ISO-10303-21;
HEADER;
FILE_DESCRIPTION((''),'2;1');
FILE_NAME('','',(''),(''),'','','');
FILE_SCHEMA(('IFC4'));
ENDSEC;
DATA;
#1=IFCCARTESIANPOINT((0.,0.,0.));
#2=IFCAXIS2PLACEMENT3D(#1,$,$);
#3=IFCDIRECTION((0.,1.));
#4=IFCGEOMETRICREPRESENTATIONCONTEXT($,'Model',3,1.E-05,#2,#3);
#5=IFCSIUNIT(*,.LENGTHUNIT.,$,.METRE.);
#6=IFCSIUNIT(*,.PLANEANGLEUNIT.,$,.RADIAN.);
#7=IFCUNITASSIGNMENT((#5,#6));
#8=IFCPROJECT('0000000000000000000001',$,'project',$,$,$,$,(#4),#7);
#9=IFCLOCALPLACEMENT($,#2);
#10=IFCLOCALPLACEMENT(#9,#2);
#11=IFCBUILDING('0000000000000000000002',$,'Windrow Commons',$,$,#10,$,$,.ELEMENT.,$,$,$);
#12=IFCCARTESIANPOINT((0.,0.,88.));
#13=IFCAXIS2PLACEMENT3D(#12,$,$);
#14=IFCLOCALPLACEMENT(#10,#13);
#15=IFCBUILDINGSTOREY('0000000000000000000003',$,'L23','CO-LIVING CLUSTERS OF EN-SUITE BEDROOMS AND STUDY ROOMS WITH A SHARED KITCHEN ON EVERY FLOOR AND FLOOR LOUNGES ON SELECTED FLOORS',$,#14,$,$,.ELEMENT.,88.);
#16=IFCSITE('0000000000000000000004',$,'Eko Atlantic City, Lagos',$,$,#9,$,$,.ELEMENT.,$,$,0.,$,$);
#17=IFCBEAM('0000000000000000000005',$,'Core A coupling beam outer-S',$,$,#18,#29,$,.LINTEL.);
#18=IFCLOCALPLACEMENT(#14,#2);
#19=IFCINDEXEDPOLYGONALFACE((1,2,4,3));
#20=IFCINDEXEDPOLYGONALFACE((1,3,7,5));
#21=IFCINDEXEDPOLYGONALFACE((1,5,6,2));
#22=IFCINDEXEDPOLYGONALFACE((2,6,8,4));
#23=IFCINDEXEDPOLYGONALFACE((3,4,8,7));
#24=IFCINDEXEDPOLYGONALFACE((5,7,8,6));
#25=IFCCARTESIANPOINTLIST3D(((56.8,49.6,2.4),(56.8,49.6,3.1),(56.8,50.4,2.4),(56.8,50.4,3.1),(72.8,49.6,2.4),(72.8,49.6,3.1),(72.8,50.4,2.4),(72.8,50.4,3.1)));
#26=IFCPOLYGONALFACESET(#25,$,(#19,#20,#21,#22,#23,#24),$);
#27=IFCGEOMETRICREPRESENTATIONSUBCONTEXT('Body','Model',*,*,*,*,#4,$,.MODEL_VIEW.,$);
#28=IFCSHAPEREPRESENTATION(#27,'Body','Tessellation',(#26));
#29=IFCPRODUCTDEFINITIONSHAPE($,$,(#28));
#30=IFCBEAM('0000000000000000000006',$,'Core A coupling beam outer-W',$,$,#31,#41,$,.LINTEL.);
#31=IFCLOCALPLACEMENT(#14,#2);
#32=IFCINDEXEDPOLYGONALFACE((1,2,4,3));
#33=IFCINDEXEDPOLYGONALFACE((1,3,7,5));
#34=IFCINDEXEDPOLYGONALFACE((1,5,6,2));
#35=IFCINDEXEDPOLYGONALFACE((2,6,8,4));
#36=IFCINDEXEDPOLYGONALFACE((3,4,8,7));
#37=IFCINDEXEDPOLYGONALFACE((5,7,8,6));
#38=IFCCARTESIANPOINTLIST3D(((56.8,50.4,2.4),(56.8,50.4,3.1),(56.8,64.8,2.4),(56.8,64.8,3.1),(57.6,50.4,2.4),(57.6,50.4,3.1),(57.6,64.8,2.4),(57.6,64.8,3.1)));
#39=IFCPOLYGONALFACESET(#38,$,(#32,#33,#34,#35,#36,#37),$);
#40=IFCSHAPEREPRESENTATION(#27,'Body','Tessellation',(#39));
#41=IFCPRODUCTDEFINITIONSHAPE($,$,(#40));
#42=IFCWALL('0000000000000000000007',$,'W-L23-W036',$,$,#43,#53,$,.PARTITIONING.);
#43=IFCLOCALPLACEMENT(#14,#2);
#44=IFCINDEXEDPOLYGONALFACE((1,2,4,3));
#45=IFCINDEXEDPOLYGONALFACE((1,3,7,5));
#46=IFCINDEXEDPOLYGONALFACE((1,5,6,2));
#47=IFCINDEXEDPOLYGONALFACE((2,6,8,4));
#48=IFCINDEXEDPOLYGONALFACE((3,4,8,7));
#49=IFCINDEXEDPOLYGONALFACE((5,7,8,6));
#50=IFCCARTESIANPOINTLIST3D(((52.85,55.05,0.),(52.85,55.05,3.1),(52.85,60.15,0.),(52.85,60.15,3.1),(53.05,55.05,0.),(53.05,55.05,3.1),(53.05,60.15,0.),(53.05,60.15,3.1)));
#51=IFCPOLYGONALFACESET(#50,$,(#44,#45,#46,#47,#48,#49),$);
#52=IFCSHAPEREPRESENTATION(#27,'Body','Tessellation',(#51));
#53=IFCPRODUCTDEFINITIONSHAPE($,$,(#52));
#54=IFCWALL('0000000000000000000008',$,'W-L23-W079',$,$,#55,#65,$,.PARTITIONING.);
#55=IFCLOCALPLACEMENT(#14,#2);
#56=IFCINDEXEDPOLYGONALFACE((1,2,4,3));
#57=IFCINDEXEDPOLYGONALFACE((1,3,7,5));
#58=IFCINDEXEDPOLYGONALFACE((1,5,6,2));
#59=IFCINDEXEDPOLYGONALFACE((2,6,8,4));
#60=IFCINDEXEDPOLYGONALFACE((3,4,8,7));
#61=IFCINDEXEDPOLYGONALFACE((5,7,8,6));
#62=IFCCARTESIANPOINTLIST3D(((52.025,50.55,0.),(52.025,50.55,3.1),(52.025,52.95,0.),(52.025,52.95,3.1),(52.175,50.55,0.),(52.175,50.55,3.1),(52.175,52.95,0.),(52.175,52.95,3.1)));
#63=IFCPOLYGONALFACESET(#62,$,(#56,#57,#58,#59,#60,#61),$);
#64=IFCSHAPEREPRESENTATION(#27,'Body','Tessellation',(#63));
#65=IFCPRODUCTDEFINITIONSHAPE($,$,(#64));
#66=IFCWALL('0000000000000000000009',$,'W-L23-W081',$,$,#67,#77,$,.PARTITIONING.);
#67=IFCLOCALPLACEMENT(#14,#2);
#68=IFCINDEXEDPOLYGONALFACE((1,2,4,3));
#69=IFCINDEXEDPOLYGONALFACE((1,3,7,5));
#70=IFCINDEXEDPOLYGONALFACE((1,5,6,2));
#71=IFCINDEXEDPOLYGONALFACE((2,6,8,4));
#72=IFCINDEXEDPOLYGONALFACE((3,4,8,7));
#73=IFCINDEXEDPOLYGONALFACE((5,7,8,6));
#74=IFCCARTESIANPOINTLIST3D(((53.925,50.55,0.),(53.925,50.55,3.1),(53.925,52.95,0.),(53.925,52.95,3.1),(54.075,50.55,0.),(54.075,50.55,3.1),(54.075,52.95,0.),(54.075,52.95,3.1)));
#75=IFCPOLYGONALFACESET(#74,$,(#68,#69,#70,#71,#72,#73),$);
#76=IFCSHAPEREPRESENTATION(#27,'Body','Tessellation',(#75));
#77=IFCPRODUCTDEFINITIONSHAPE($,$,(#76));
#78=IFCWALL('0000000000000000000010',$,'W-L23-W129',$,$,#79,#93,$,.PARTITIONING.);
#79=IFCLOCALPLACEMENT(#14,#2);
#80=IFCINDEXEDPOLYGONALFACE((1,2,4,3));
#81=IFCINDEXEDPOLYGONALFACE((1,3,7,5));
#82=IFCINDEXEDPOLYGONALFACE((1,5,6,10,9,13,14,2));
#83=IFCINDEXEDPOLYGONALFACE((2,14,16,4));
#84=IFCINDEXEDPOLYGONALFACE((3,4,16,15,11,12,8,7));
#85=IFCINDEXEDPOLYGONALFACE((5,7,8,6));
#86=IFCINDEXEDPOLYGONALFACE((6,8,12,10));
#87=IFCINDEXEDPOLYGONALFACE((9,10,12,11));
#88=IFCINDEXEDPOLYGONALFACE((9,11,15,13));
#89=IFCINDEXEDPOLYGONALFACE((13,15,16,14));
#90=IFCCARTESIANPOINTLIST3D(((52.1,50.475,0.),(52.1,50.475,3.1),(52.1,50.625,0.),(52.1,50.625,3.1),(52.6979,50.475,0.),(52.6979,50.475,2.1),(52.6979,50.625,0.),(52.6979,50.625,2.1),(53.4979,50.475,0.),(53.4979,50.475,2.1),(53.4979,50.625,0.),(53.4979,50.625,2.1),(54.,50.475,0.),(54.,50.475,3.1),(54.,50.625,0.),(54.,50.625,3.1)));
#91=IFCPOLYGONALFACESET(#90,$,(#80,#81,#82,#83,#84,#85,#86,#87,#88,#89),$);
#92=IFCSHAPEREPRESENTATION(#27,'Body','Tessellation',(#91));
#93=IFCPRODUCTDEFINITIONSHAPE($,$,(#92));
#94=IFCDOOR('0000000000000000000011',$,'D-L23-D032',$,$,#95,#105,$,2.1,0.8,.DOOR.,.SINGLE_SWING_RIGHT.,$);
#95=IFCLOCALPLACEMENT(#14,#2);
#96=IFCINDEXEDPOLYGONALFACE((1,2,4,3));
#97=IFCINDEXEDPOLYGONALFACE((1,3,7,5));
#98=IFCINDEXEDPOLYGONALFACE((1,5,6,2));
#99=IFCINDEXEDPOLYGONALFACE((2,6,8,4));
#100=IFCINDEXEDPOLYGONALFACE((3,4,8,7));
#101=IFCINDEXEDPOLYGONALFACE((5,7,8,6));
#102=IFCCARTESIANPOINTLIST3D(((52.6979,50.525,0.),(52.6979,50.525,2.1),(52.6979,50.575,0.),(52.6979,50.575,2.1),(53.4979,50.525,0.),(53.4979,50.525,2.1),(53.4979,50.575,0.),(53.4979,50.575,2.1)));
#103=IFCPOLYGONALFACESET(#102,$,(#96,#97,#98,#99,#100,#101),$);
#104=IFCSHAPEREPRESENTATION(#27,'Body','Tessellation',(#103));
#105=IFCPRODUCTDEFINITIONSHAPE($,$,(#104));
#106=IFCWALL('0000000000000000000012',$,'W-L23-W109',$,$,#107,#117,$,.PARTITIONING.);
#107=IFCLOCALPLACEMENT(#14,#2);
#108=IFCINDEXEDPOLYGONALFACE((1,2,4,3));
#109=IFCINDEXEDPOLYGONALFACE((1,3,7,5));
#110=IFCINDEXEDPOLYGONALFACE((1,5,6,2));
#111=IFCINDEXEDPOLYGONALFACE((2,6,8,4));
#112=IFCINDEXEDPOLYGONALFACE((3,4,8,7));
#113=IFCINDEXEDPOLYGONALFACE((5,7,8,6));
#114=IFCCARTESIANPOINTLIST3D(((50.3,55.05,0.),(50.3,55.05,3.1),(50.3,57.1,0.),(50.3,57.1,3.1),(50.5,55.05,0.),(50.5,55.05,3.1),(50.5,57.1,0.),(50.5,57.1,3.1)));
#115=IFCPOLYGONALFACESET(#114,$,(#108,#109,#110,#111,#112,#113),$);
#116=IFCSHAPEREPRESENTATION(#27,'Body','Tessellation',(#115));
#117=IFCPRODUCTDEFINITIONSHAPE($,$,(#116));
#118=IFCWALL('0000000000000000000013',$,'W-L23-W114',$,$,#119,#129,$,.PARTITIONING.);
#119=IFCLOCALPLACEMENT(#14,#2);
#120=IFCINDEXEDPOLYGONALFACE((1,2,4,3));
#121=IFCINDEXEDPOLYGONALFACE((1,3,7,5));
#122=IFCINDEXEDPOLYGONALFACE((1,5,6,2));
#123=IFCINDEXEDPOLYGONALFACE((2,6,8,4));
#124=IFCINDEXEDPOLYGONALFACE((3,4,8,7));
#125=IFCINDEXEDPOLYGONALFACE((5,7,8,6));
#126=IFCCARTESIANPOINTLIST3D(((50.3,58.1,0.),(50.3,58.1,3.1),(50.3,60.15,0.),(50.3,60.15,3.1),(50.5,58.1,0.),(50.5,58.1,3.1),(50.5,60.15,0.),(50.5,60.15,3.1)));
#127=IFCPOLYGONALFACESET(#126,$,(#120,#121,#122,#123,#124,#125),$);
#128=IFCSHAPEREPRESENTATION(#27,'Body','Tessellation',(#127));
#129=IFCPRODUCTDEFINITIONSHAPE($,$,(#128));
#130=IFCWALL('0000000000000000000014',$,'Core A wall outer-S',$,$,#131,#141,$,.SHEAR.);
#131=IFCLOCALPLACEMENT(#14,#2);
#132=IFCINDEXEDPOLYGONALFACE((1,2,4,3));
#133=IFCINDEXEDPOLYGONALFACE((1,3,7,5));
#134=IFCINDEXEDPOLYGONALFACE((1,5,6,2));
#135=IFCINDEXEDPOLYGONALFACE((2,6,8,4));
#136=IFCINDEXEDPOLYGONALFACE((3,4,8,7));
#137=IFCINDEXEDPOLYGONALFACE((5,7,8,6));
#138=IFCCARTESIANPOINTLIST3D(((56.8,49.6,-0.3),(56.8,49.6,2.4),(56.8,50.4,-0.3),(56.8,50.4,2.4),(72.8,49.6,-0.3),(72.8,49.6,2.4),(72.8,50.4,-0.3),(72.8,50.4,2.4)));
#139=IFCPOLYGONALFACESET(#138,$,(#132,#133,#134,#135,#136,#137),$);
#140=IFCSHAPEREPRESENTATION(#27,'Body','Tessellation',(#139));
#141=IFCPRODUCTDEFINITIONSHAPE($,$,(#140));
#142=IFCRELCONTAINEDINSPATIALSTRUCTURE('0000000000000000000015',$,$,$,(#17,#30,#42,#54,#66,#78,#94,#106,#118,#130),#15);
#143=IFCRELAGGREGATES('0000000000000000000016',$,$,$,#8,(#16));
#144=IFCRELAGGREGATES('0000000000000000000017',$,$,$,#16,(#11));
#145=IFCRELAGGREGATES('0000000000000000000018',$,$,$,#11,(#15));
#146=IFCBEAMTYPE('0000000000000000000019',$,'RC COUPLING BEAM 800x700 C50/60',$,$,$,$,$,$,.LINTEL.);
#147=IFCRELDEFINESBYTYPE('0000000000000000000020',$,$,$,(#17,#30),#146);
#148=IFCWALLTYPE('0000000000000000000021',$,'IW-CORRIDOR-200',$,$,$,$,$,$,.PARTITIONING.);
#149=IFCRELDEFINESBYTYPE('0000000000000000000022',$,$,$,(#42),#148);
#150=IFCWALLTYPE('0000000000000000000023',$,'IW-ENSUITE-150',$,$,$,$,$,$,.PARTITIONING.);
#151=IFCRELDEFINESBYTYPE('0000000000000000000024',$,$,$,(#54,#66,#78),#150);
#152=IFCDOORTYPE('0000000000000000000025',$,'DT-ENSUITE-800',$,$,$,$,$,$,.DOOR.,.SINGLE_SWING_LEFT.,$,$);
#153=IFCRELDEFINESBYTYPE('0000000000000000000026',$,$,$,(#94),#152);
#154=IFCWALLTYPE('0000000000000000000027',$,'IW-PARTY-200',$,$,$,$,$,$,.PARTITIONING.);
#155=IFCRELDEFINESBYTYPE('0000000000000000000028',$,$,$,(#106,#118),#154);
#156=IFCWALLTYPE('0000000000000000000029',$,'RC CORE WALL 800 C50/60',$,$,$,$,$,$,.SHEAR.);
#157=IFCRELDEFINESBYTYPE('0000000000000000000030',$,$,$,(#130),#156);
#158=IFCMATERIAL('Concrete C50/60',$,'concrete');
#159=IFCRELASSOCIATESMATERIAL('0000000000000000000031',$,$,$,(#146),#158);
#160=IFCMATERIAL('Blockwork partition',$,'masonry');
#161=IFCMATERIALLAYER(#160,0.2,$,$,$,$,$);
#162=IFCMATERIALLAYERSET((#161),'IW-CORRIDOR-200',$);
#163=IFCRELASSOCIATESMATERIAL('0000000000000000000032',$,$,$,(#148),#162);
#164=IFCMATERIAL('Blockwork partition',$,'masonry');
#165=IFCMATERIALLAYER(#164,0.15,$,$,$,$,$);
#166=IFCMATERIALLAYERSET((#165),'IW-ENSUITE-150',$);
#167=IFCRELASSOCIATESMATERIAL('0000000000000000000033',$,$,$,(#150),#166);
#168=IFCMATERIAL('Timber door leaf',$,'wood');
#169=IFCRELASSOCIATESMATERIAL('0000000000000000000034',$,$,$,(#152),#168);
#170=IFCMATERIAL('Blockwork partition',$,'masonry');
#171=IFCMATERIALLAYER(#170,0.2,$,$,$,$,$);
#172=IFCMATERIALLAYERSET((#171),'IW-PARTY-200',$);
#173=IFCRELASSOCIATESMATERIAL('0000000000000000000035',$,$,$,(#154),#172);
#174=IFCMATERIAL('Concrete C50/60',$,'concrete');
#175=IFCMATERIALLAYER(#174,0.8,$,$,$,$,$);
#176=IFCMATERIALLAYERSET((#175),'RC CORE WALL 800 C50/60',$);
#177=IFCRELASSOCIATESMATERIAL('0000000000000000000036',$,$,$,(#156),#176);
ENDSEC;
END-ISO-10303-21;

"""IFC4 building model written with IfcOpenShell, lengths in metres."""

from ifc_helpers import new_model, si_unit, direction, frame, frame_2d, origin, origin_2d, place, context, subcontext, project, spatial, rectangle, extrude, material, layer, layer_set, material_profile, profile_set, type_object, element, fill, save


model = new_model("IFC4")

# Units and contexts
model_context = context("Model", 3, precision=1e-05, world=origin(), true_north=direction((0.0, 1.0)))
body_context = subcontext(model_context, "Body", "Model", "MODEL_VIEW")
ifc_project = project(units=[si_unit("LENGTHUNIT", "METRE"), si_unit("PLANEANGLEUNIT", "RADIAN")], contexts=[model_context])

# Site, building, storey
site_placement = place(None, origin())
site = spatial("IfcSite", under=ifc_project, at=site_placement, Name="Eko Atlantic City, Lagos", CompositionType="ELEMENT", RefElevation=0.0)
building_placement = place(site_placement, origin())
building = spatial("IfcBuilding", under=site, at=building_placement, Name="Windrow Commons", CompositionType="ELEMENT")
storey_placement = place(building_placement, frame((0.0, 0.0, 88.0)))
storey = spatial("IfcBuildingStorey", under=building, at=storey_placement, Name="L23", Description="CO-LIVING CLUSTERS OF EN-SUITE BEDROOMS AND STUDY ROOMS WITH A SHARED KITCHEN ON EVERY FLOOR AND FLOOR LOUNGES ON SELECTED FLOORS", CompositionType="ELEMENT", Elevation=88.0)

# Beams
ifc_material_1 = material(Name="Concrete C50/60", Category="concrete")
ifc_material_profile = material_profile(ifc_material_1, rectangle(XDim=0.8, YDim=0.7, at=origin_2d()))
ifc_profile_set = profile_set([ifc_material_profile], Name="Concrete C50/60")
beam_type = type_object("IfcBeamType", Name="RC COUPLING BEAM 800x700 C50/60", PredefinedType="LINTEL", material=ifc_profile_set)
beam_1_placement = place(storey_placement, frame((56.8, 50.0, 2.75), z_axis=(1.0, 0.0, 0.0), x_axis=(0.0, 1.0, 0.0)))
element("IfcBeam", 1, at=beam_1_placement, inside=storey, type_object=beam_type, Name="Core A coupling beam outer-S", PredefinedType="LINTEL", context=body_context, shape_type="SweptSolid", body=[
    extrude(rectangle(XDim=0.8, YDim=0.7, at=origin_2d()), origin(), (0.0, 0.0, 1.0), 16.0),
])
beam_2_placement = place(storey_placement, frame((57.2, 50.4, 2.75), z_axis=(0.0, 1.0, 0.0), x_axis=(-1.0, 0.0, 0.0)))
element("IfcBeam", 2, at=beam_2_placement, inside=storey, type_object=beam_type, Name="Core A coupling beam outer-W", PredefinedType="LINTEL", context=body_context, shape_type="SweptSolid", body=[
    extrude(rectangle(XDim=0.8, YDim=0.7, at=origin_2d()), origin(), (0.0, 0.0, 1.0), 14.4),
])

# Walls
ifc_material_2 = material(Name="Blockwork partition", Category="masonry")
ifc_layer_1 = layer(ifc_material_2, 0.2)
ifc_layer_set_1 = layer_set([ifc_layer_1], Name="IW-CORRIDOR-200")
wall_type_1 = type_object("IfcWallType", Name="IW-CORRIDOR-200", PredefinedType="PARTITIONING", material=ifc_layer_set_1)
wall_1_placement = place(storey_placement, frame((52.95, 55.05, 0.0), z_axis=(0.0, 0.0, 1.0), x_axis=(0.0, 1.0, 0.0)))
element("IfcWall", 3, at=wall_1_placement, inside=storey, type_object=wall_type_1, Name="W-L23-W036", PredefinedType="PARTITIONING", context=body_context, shape_type="SweptSolid", body=[
    extrude(rectangle(XDim=5.1, YDim=0.2, at=frame_2d((2.55, 0.0))), origin(), (0.0, 0.0, 1.0), 3.1),
])
ifc_material_3 = material(Name="Blockwork partition", Category="masonry")
ifc_layer_2 = layer(ifc_material_3, 0.15)
ifc_layer_set_2 = layer_set([ifc_layer_2], Name="IW-ENSUITE-150")
wall_type_2 = type_object("IfcWallType", Name="IW-ENSUITE-150", PredefinedType="PARTITIONING", material=ifc_layer_set_2)
for number, where, z_axis, x_axis, name in (
    (4, (52.1, 50.55, 0.0), (0.0, 0.0, 1.0), (0.0, 1.0, 0.0), "W-L23-W079"),
    (5, (54.0, 50.55, 0.0), (0.0, 0.0, 1.0), (0.0, 1.0, 0.0), "W-L23-W081"),
):
    element("IfcWall", number, at=place(storey_placement, frame(where, z_axis=z_axis, x_axis=x_axis)), inside=storey, type_object=wall_type_2, Name=name, PredefinedType="PARTITIONING", context=body_context, shape_type="SweptSolid", body=[
        extrude(rectangle(XDim=2.4, YDim=0.15, at=frame_2d((1.2, 0.0))), origin(), (0.0, 0.0, 1.0), 3.1),
    ])

# Wall, opening, door
wall_2_placement = place(storey_placement, frame((52.1, 50.55, 0.0), z_axis=(0.0, 0.0, 1.0), x_axis=(1.0, 0.0, 0.0)))
wall_2 = element("IfcWall", 6, at=wall_2_placement, inside=storey, type_object=wall_type_2, Name="W-L23-W129", PredefinedType="PARTITIONING", context=body_context, shape_type="SweptSolid", body=[
    extrude(rectangle(XDim=1.9, YDim=0.15, at=frame_2d((0.95, 0.0))), origin(), (0.0, 0.0, 1.0), 3.1),
])
opening_1_placement = place(wall_2_placement, frame((0.5979, 0.0, 0.0)))
opening_1 = element("IfcOpeningElement", 7, at=opening_1_placement, cuts=wall_2, PredefinedType="OPENING", context=body_context, shape_type="SweptSolid", body=[
    extrude(rectangle(XDim=0.8, YDim=2.1, at=frame_2d((0.4, 1.05))), frame((0.0, 0.085, 0.0), z_axis=(0.0, -1.0, 0.0), x_axis=(1.0, 0.0, 0.0)), (0.0, 0.0, 1.0), 0.17),
])
ifc_material_4 = material(Name="Timber door leaf", Category="wood")
door_type_1 = type_object("IfcDoorType", Name="DT-ENSUITE-800", OperationType="SINGLE_SWING_LEFT", PredefinedType="DOOR", material=ifc_material_4)
door_1_placement = place(opening_1_placement, origin())
door_1 = element("IfcDoor", 8, at=door_1_placement, inside=storey, type_object=door_type_1, Name="D-L23-D032", OperationType="SINGLE_SWING_RIGHT", OverallHeight=2.1, OverallWidth=0.8, PredefinedType="DOOR", context=body_context, shape_type="SweptSolid", body=[
    extrude(rectangle(XDim=0.8, YDim=2.1, at=frame_2d((0.4, 1.05))), frame((0.0, 0.025, 0.0), z_axis=(0.0, -1.0, 0.0), x_axis=(1.0, 0.0, 0.0)), (0.0, 0.0, 1.0), 0.05),
])
fill(opening_1, door_1)

# Walls
ifc_material_5 = material(Name="Blockwork partition", Category="masonry")
ifc_layer_3 = layer(ifc_material_5, 0.2)
ifc_layer_set_3 = layer_set([ifc_layer_3], Name="IW-PARTY-200")
wall_type_3 = type_object("IfcWallType", Name="IW-PARTY-200", PredefinedType="PARTITIONING", material=ifc_layer_set_3)
for number, where, z_axis, x_axis, name in (
    (9, (50.4, 55.05, 0.0), (0.0, 0.0, 1.0), (0.0, 1.0, 0.0), "W-L23-W109"),
    (10, (50.4, 58.1, 0.0), (0.0, 0.0, 1.0), (0.0, 1.0, 0.0), "W-L23-W114"),
):
    element("IfcWall", number, at=place(storey_placement, frame(where, z_axis=z_axis, x_axis=x_axis)), inside=storey, type_object=wall_type_3, Name=name, PredefinedType="PARTITIONING", context=body_context, shape_type="SweptSolid", body=[
        extrude(rectangle(XDim=2.05, YDim=0.2, at=frame_2d((1.025, 0.0))), origin(), (0.0, 0.0, 1.0), 3.1),
    ])
ifc_material_6 = material(Name="Concrete C50/60", Category="concrete")
ifc_layer_4 = layer(ifc_material_6, 0.8)
ifc_layer_set_4 = layer_set([ifc_layer_4], Name="RC CORE WALL 800 C50/60")
wall_type_4 = type_object("IfcWallType", Name="RC CORE WALL 800 C50/60", PredefinedType="SHEAR", material=ifc_layer_set_4)
wall_3_placement = place(storey_placement, frame((56.8, 50.0, -0.3), z_axis=(0.0, 0.0, 1.0), x_axis=(1.0, 0.0, 0.0)))
element("IfcWall", 11, at=wall_3_placement, inside=storey, type_object=wall_type_4, Name="Core A wall outer-S", PredefinedType="SHEAR", context=body_context, shape_type="SweptSolid", body=[
    extrude(rectangle(XDim=16.0, YDim=0.8, at=frame_2d((8.0, 0.0))), origin(), (0.0, 0.0, 1.0), 2.7),
])

save(model, "model.ifc")
